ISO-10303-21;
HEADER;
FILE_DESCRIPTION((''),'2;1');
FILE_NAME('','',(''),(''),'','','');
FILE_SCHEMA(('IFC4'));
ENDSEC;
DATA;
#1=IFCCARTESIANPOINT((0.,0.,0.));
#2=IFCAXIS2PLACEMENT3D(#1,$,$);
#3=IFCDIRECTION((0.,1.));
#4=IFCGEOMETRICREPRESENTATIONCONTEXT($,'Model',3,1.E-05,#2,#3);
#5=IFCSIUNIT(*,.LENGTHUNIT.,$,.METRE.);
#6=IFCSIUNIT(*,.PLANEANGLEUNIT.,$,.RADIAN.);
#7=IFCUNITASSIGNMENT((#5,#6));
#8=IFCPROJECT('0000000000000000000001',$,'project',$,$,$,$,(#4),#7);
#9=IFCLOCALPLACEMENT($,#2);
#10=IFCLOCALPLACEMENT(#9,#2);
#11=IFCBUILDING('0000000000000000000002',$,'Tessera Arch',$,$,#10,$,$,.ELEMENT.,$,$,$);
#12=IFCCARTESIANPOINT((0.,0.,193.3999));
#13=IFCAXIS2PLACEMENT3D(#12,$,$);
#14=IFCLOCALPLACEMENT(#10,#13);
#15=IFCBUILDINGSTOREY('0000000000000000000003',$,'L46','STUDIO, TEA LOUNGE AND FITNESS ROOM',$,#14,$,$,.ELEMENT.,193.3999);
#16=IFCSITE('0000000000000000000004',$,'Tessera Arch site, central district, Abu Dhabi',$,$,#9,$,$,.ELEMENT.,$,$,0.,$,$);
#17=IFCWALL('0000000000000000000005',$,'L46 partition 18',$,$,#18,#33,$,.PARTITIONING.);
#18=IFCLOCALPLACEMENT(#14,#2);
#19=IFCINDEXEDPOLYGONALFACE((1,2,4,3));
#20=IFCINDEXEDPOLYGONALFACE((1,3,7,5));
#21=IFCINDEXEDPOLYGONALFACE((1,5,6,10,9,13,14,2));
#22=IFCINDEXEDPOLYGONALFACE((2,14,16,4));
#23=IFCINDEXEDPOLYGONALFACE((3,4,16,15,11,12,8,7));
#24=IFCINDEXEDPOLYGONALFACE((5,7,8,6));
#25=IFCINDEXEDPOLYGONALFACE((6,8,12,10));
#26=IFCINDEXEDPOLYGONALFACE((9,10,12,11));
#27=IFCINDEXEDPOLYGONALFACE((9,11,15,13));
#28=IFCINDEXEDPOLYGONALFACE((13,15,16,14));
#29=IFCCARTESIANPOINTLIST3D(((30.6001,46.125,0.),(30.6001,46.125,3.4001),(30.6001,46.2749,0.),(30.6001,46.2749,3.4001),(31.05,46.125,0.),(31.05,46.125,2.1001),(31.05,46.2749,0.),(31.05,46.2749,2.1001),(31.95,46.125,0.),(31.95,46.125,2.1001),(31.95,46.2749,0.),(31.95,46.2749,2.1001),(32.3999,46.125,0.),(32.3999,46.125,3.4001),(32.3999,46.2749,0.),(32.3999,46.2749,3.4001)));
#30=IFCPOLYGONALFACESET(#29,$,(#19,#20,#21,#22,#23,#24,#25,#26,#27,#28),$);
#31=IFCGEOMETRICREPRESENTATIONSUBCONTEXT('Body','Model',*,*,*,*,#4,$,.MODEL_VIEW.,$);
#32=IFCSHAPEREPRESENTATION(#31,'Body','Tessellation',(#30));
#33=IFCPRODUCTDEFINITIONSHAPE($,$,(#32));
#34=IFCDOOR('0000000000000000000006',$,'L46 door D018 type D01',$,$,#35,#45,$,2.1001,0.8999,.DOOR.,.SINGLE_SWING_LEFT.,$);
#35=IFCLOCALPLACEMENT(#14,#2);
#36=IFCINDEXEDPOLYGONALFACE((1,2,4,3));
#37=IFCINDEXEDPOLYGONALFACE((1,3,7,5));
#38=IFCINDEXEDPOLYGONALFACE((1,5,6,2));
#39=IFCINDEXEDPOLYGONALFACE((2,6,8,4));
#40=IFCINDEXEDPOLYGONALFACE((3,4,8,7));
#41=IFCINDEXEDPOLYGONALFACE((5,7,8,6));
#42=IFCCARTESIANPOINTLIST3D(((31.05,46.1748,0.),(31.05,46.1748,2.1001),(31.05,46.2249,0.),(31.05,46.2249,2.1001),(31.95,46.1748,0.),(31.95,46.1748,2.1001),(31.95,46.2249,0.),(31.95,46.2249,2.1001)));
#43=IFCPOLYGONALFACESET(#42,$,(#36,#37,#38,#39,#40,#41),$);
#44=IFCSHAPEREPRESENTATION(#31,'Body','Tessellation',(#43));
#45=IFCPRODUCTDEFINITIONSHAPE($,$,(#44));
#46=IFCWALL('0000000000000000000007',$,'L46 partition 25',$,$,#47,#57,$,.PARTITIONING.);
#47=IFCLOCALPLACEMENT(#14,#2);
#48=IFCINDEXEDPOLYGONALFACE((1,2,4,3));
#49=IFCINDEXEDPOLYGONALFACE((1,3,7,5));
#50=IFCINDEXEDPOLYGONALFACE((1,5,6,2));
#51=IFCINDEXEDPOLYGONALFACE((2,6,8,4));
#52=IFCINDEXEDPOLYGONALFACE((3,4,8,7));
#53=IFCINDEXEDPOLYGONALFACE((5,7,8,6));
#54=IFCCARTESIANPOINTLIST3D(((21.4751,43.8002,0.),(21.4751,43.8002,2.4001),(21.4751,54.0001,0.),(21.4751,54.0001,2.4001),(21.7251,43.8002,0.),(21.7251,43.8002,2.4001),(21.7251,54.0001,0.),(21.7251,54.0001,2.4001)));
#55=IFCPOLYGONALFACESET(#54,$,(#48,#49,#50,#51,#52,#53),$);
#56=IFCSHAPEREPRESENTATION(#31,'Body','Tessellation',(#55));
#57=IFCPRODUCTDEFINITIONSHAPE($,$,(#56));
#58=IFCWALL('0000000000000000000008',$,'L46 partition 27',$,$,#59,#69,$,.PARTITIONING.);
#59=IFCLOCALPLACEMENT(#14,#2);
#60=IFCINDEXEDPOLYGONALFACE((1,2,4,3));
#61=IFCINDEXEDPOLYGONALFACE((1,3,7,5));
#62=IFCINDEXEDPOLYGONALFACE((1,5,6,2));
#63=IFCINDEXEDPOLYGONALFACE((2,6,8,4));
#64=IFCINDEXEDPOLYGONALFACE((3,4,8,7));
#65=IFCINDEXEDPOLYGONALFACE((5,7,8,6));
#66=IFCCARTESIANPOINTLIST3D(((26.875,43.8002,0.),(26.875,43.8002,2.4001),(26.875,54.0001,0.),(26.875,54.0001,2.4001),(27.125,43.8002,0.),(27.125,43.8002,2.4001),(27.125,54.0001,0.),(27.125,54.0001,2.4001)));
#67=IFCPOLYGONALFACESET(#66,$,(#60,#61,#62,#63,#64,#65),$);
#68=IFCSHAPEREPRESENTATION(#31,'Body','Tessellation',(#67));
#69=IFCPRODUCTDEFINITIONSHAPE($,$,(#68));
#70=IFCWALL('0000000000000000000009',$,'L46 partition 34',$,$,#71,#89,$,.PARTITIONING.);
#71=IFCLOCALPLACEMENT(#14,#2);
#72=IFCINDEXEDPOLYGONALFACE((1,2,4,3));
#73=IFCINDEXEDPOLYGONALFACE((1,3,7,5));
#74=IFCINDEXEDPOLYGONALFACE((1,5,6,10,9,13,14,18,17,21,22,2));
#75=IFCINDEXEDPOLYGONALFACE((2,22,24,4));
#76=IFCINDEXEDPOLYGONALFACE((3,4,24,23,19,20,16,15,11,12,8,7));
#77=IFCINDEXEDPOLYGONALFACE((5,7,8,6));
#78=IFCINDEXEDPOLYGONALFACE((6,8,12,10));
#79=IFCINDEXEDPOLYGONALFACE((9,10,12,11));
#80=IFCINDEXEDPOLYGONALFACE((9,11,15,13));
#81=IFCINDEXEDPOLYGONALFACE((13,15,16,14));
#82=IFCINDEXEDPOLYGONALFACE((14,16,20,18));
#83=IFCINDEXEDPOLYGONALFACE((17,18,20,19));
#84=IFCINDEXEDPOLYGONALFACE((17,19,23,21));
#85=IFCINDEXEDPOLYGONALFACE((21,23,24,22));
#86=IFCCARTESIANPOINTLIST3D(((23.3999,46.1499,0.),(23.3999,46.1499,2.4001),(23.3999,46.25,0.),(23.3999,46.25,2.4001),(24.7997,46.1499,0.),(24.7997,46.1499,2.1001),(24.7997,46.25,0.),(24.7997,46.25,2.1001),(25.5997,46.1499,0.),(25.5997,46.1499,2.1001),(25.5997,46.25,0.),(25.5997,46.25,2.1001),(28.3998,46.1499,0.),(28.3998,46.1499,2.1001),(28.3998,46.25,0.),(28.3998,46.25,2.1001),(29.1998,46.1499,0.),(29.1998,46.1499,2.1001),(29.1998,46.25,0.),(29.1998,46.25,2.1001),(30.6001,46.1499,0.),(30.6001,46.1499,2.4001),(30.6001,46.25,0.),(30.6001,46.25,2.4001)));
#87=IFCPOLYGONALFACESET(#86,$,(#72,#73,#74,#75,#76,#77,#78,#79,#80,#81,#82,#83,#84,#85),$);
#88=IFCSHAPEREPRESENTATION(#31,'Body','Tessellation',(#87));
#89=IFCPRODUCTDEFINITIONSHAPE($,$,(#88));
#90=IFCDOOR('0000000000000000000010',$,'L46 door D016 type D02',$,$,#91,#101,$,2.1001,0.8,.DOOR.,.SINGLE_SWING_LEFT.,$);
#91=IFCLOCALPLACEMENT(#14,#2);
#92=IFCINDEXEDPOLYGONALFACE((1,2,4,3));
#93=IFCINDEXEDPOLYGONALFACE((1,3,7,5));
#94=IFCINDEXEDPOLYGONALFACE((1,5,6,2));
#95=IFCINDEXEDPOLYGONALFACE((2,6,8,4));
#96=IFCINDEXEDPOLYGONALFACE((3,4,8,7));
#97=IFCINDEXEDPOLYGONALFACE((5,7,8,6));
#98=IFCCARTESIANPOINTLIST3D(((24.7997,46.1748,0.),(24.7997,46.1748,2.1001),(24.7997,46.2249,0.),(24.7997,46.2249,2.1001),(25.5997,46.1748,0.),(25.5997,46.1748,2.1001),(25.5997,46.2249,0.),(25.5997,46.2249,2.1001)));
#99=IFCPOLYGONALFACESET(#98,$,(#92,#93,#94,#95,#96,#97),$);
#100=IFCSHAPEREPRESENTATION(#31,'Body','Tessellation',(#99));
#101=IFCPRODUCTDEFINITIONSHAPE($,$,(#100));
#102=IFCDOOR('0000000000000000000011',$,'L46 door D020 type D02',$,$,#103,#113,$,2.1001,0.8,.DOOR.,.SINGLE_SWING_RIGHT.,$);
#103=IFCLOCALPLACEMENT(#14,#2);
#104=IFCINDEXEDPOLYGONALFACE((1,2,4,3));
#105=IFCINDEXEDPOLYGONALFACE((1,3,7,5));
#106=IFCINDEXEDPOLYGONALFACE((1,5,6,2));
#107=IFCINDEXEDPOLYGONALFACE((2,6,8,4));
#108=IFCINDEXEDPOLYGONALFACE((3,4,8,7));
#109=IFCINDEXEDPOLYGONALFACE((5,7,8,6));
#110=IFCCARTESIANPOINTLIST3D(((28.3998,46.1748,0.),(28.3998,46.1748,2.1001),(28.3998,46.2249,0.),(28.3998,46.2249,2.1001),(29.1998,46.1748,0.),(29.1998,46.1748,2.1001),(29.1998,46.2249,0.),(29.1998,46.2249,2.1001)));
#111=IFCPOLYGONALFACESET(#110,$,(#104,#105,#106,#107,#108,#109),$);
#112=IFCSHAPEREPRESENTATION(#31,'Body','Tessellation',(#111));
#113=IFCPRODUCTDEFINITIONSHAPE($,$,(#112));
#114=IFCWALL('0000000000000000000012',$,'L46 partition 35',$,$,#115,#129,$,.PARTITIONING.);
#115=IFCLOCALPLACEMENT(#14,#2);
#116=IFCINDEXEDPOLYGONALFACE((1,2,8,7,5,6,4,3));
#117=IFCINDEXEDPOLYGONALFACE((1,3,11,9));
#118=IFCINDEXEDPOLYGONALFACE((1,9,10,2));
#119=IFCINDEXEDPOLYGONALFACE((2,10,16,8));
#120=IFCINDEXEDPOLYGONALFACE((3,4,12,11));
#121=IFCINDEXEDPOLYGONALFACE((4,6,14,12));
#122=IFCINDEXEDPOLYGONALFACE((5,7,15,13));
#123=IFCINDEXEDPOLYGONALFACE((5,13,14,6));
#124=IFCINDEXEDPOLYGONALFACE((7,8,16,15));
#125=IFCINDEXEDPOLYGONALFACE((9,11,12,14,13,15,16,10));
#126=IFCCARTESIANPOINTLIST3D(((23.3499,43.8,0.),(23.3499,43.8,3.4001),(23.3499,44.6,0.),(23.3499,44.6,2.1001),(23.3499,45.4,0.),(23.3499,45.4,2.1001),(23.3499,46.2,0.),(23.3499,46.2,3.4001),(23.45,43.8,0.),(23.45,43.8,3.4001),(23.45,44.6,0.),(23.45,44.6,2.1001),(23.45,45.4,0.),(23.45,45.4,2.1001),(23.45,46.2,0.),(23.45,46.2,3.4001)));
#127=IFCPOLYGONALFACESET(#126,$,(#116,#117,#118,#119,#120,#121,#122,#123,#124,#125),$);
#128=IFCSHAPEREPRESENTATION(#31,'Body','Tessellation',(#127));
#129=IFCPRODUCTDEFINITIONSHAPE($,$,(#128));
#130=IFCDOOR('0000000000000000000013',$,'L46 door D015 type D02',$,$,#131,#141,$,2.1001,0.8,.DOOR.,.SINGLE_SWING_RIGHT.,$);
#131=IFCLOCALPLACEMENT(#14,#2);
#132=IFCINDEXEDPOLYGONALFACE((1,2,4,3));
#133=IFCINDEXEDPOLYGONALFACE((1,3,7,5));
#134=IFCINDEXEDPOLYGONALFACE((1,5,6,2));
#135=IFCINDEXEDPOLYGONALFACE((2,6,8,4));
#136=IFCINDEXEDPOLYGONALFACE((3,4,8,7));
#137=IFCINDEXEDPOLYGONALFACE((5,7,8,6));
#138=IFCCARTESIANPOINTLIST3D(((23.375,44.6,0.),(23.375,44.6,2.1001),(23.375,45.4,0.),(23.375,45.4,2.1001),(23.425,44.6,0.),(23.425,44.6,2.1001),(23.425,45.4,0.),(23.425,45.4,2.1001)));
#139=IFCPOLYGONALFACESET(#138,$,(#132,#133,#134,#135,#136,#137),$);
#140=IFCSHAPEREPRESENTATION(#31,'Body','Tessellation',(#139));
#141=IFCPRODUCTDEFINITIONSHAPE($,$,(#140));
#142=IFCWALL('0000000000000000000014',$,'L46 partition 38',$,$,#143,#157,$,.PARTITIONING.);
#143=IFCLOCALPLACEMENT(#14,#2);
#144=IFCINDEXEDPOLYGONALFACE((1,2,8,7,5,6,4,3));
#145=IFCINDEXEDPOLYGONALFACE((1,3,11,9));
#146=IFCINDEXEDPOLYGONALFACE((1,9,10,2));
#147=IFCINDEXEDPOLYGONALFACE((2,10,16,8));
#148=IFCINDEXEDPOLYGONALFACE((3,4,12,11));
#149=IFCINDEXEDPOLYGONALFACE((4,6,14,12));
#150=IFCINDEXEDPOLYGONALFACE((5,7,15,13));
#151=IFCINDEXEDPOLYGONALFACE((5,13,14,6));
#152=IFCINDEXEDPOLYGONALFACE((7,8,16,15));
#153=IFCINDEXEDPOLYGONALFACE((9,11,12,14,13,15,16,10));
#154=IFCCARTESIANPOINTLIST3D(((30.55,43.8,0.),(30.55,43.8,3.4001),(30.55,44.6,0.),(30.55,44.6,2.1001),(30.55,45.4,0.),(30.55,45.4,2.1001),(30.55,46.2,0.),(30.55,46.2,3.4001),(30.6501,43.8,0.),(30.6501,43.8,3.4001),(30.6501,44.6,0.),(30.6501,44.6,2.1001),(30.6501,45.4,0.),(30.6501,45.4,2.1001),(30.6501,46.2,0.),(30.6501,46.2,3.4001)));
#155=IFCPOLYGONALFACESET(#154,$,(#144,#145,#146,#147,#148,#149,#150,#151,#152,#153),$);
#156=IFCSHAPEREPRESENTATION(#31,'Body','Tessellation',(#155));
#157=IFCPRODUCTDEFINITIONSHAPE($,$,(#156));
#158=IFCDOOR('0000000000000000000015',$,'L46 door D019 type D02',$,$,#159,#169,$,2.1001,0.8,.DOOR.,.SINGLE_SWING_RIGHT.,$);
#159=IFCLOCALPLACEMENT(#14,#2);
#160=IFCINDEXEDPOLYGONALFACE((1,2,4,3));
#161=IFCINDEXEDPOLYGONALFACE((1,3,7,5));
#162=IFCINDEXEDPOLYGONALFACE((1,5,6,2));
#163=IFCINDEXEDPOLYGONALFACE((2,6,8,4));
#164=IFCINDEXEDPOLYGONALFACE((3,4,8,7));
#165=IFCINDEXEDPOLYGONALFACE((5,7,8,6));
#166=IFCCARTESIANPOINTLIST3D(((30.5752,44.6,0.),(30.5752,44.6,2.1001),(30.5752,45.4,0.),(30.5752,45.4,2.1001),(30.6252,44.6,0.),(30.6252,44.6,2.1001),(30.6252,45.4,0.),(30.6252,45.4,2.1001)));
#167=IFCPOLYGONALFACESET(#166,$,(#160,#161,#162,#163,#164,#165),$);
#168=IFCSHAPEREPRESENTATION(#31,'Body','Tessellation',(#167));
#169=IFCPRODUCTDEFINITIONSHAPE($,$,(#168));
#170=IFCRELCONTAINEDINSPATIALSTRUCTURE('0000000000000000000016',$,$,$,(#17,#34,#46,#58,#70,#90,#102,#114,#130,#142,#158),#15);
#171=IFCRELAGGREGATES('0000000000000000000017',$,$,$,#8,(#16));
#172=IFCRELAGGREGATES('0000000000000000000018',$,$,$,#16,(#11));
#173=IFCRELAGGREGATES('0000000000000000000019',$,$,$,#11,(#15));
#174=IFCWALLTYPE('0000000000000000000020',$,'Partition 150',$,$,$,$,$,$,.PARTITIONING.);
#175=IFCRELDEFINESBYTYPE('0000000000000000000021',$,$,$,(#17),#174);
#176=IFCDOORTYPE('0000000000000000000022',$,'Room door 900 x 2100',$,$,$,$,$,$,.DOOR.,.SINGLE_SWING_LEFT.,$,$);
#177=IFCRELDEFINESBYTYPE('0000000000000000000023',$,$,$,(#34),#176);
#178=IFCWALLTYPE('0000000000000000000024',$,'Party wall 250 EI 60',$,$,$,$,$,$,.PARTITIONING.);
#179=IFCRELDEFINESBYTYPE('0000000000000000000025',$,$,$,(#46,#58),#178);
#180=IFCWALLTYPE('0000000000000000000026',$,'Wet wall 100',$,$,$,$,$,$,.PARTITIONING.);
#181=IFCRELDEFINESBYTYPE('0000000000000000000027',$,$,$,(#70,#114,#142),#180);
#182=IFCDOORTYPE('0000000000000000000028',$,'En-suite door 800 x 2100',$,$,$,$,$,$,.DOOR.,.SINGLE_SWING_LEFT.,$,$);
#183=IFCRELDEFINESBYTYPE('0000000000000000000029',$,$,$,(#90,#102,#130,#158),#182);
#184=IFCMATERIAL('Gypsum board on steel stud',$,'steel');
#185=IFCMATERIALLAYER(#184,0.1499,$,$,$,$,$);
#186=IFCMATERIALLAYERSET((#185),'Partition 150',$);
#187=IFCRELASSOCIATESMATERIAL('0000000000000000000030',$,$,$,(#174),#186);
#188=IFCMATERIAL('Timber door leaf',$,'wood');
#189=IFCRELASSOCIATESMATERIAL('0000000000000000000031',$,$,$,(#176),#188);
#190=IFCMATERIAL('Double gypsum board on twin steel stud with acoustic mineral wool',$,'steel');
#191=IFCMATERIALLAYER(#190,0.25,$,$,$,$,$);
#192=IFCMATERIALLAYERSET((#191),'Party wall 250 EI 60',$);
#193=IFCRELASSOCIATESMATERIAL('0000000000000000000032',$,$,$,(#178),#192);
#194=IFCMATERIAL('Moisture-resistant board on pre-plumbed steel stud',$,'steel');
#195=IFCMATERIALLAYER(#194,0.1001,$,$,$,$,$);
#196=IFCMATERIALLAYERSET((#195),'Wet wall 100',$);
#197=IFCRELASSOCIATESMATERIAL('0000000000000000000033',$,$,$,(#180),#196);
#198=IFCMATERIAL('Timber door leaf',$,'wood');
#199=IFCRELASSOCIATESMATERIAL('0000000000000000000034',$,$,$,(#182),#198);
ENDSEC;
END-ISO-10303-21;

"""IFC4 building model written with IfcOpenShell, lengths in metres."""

from ifc_helpers import new_model, si_unit, direction, frame, frame_2d, origin, place, context, subcontext, project, spatial, rectangle, extrude, material, layer, layer_set, type_object, element, fill, save


model = new_model("IFC4")

# Units and contexts
model_context = context("Model", 3, precision=1e-05, world=origin(), true_north=direction((0.0, 1.0)))
body_context = subcontext(model_context, "Body", "Model", "MODEL_VIEW")
ifc_project = project(units=[si_unit("LENGTHUNIT", "METRE"), si_unit("PLANEANGLEUNIT", "RADIAN")], contexts=[model_context])

# Site, building, storey
site_placement = place(None, origin())
site = spatial("IfcSite", under=ifc_project, at=site_placement, Name="Tessera Arch site, central district, Abu Dhabi", CompositionType="ELEMENT", RefElevation=0.0)
building_placement = place(site_placement, origin())
building = spatial("IfcBuilding", under=site, at=building_placement, Name="Tessera Arch", CompositionType="ELEMENT")
storey_placement = place(building_placement, frame((0.0, 0.0, 193.3999)))
storey = spatial("IfcBuildingStorey", under=building, at=storey_placement, Name="L46", Description="STUDIO, TEA LOUNGE AND FITNESS ROOM", CompositionType="ELEMENT", Elevation=193.3999)

# Wall, opening, door
ifc_material_1 = material(Name="Gypsum board on steel stud", Category="steel")
ifc_layer_1 = layer(ifc_material_1, 0.1499)
ifc_layer_set_1 = layer_set([ifc_layer_1], Name="Partition 150")
wall_type_1 = type_object("IfcWallType", Name="Partition 150", PredefinedType="PARTITIONING", material=ifc_layer_set_1)
wall_1_placement = place(storey_placement, frame((30.6001, 46.2, 0.0), z_axis=(0.0, 0.0, 1.0), x_axis=(1.0, 0.0, 0.0)))
wall_1 = element("IfcWall", 1, at=wall_1_placement, inside=storey, type_object=wall_type_1, Name="L46 partition 18", PredefinedType="PARTITIONING", context=body_context, shape_type="SweptSolid", body=[
    extrude(rectangle(XDim=1.7998, YDim=0.1499, at=frame_2d((0.8999, 0.0))), origin(), (0.0, 0.0, 1.0), 3.4001),
])
opening_1_placement = place(wall_1_placement, frame((0.45, 0.0, 0.0)))
opening_1 = element("IfcOpeningElement", 2, at=opening_1_placement, cuts=wall_1, PredefinedType="OPENING", context=body_context, shape_type="SweptSolid", body=[
    extrude(rectangle(XDim=0.8999, YDim=2.1001, at=frame_2d((0.45, 1.05))), frame((0.0, 0.085, 0.0), z_axis=(0.0, -1.0, 0.0), x_axis=(1.0, 0.0, 0.0)), (0.0, 0.0, 1.0), 0.1699),
])
ifc_material_2 = material(Name="Timber door leaf", Category="wood")
door_type_1 = type_object("IfcDoorType", Name="Room door 900 x 2100", OperationType="SINGLE_SWING_LEFT", PredefinedType="DOOR", material=ifc_material_2)
door_1_placement = place(opening_1_placement, origin())
door_1 = element("IfcDoor", 3, at=door_1_placement, inside=storey, type_object=door_type_1, Name="L46 door D018 type D01", OperationType="SINGLE_SWING_LEFT", OverallHeight=2.1001, OverallWidth=0.8999, PredefinedType="DOOR", context=body_context, shape_type="SweptSolid", body=[
    extrude(rectangle(XDim=0.8999, YDim=2.1001, at=frame_2d((0.45, 1.05))), frame((0.0, 0.0249, 0.0), z_axis=(0.0, -1.0, 0.0), x_axis=(1.0, 0.0, 0.0)), (0.0, 0.0, 1.0), 0.05),
])
fill(opening_1, door_1)

# Walls
ifc_material_3 = material(Name="Double gypsum board on twin steel stud with acoustic mineral wool", Category="steel")
ifc_layer_2 = layer(ifc_material_3, 0.25)
ifc_layer_set_2 = layer_set([ifc_layer_2], Name="Party wall 250 EI 60")
wall_type_2 = type_object("IfcWallType", Name="Party wall 250 EI 60", PredefinedType="PARTITIONING", material=ifc_layer_set_2)
for number, where, z_axis, x_axis, name in (
    (4, (21.6001, 43.8, 0.0), (0.0, 0.0, 1.0), (0.0, 1.0, 0.0), "L46 partition 25"),
    (5, (27.0, 43.8, 0.0), (0.0, 0.0, 1.0), (0.0, 1.0, 0.0), "L46 partition 27"),
):
    element("IfcWall", number, at=place(storey_placement, frame(where, z_axis=z_axis, x_axis=x_axis)), inside=storey, type_object=wall_type_2, Name=name, PredefinedType="PARTITIONING", context=body_context, shape_type="SweptSolid", body=[
        extrude(rectangle(XDim=10.2, YDim=0.25, at=frame_2d((5.1001, 0.0))), origin(), (0.0, 0.0, 1.0), 2.4001),
    ])

# Wall, openings, doors
ifc_material_4 = material(Name="Moisture-resistant board on pre-plumbed steel stud", Category="steel")
ifc_layer_3 = layer(ifc_material_4, 0.1001)
ifc_layer_set_3 = layer_set([ifc_layer_3], Name="Wet wall 100")
wall_type_3 = type_object("IfcWallType", Name="Wet wall 100", PredefinedType="PARTITIONING", material=ifc_layer_set_3)
wall_2_placement = place(storey_placement, frame((23.3999, 46.2, 0.0), z_axis=(0.0, 0.0, 1.0), x_axis=(1.0, 0.0, 0.0)))
wall_2 = element("IfcWall", 6, at=wall_2_placement, inside=storey, type_object=wall_type_3, Name="L46 partition 34", PredefinedType="PARTITIONING", context=body_context, shape_type="SweptSolid", body=[
    extrude(rectangle(XDim=7.2002, YDim=0.1001, at=frame_2d((3.6001, 0.0))), origin(), (0.0, 0.0, 1.0), 2.4001),
])
opening_2_placement = place(wall_2_placement, frame((1.3999, 0.0, 0.0)))
opening_2 = element("IfcOpeningElement", 7, at=opening_2_placement, cuts=wall_2, PredefinedType="OPENING", context=body_context, shape_type="SweptSolid", body=[
    extrude(rectangle(XDim=0.8, YDim=2.1001, at=frame_2d((0.3999, 1.05))), frame((0.0, 0.0601, 0.0), z_axis=(0.0, -1.0, 0.0), x_axis=(1.0, 0.0, 0.0)), (0.0, 0.0, 1.0), 0.1201),
])
opening_3_placement = place(wall_2_placement, frame((5.0, 0.0, 0.0)))
opening_3 = element("IfcOpeningElement", 8, at=opening_3_placement, cuts=wall_2, PredefinedType="OPENING", context=body_context, shape_type="SweptSolid", body=[
    extrude(rectangle(XDim=0.8, YDim=2.1001, at=frame_2d((0.3999, 1.05))), frame((0.0, 0.0601, 0.0), z_axis=(0.0, -1.0, 0.0), x_axis=(1.0, 0.0, 0.0)), (0.0, 0.0, 1.0), 0.1201),
])
ifc_material_5 = material(Name="Timber door leaf", Category="wood")
door_type_2 = type_object("IfcDoorType", Name="En-suite door 800 x 2100", OperationType="SINGLE_SWING_LEFT", PredefinedType="DOOR", material=ifc_material_5)
door_2_placement = place(opening_2_placement, origin())
door_2 = element("IfcDoor", 9, at=door_2_placement, inside=storey, type_object=door_type_2, Name="L46 door D016 type D02", OperationType="SINGLE_SWING_LEFT", OverallHeight=2.1001, OverallWidth=0.8, PredefinedType="DOOR", context=body_context, shape_type="SweptSolid", body=[
    extrude(rectangle(XDim=0.8, YDim=2.1001, at=frame_2d((0.3999, 1.05))), frame((0.0, 0.0249, 0.0), z_axis=(0.0, -1.0, 0.0), x_axis=(1.0, 0.0, 0.0)), (0.0, 0.0, 1.0), 0.05),
])
fill(opening_2, door_2)
door_3_placement = place(opening_3_placement, origin())
door_3 = element("IfcDoor", 10, at=door_3_placement, inside=storey, type_object=door_type_2, Name="L46 door D020 type D02", OperationType="SINGLE_SWING_RIGHT", OverallHeight=2.1001, OverallWidth=0.8, PredefinedType="DOOR", context=body_context, shape_type="SweptSolid", body=[
    extrude(rectangle(XDim=0.8, YDim=2.1001, at=frame_2d((0.3999, 1.05))), frame((0.0, 0.0249, 0.0), z_axis=(0.0, -1.0, 0.0), x_axis=(1.0, 0.0, 0.0)), (0.0, 0.0, 1.0), 0.05),
])
fill(opening_3, door_3)

# Walls, openings, doors
wall_3_placement = place(storey_placement, frame((23.3999, 43.8, 0.0), z_axis=(0.0, 0.0, 1.0), x_axis=(0.0, 1.0, 0.0)))
wall_3 = element("IfcWall", 11, at=wall_3_placement, inside=storey, type_object=wall_type_3, Name="L46 partition 35", PredefinedType="PARTITIONING", context=body_context, shape_type="SweptSolid", body=[
    extrude(rectangle(XDim=2.3999, YDim=0.1001, at=frame_2d((1.2, 0.0))), origin(), (0.0, 0.0, 1.0), 3.4001),
])
opening_4_placement = place(wall_3_placement, frame((0.8, 0.0, 0.0)))
opening_4 = element("IfcOpeningElement", 12, at=opening_4_placement, cuts=wall_3, PredefinedType="OPENING", context=body_context, shape_type="SweptSolid", body=[
    extrude(rectangle(XDim=0.8, YDim=2.1001, at=frame_2d((0.3999, 1.05))), frame((0.0, 0.0601, 0.0), z_axis=(0.0, -1.0, 0.0), x_axis=(1.0, 0.0, 0.0)), (0.0, 0.0, 1.0), 0.1201),
])
door_4_placement = place(opening_4_placement, origin())
door_4 = element("IfcDoor", 13, at=door_4_placement, inside=storey, type_object=door_type_2, Name="L46 door D015 type D02", OperationType="SINGLE_SWING_RIGHT", OverallHeight=2.1001, OverallWidth=0.8, PredefinedType="DOOR", context=body_context, shape_type="SweptSolid", body=[
    extrude(rectangle(XDim=0.8, YDim=2.1001, at=frame_2d((0.3999, 1.05))), frame((0.0, 0.0249, 0.0), z_axis=(0.0, -1.0, 0.0), x_axis=(1.0, 0.0, 0.0)), (0.0, 0.0, 1.0), 0.05),
])
fill(opening_4, door_4)
wall_4_placement = place(storey_placement, frame((30.6001, 43.8, 0.0), z_axis=(0.0, 0.0, 1.0), x_axis=(0.0, 1.0, 0.0)))
wall_4 = element("IfcWall", 14, at=wall_4_placement, inside=storey, type_object=wall_type_3, Name="L46 partition 38", PredefinedType="PARTITIONING", context=body_context, shape_type="SweptSolid", body=[
    extrude(rectangle(XDim=2.3999, YDim=0.1001, at=frame_2d((1.2, 0.0))), origin(), (0.0, 0.0, 1.0), 3.4001),
])
opening_5_placement = place(wall_4_placement, frame((0.8, 0.0, 0.0)))
opening_5 = element("IfcOpeningElement", 15, at=opening_5_placement, cuts=wall_4, PredefinedType="OPENING", context=body_context, shape_type="SweptSolid", body=[
    extrude(rectangle(XDim=0.8, YDim=2.1001, at=frame_2d((0.3999, 1.05))), frame((0.0, 0.0601, 0.0), z_axis=(0.0, -1.0, 0.0), x_axis=(1.0, 0.0, 0.0)), (0.0, 0.0, 1.0), 0.1201),
])
door_5_placement = place(opening_5_placement, origin())
door_5 = element("IfcDoor", 16, at=door_5_placement, inside=storey, type_object=door_type_2, Name="L46 door D019 type D02", OperationType="SINGLE_SWING_RIGHT", OverallHeight=2.1001, OverallWidth=0.8, PredefinedType="DOOR", context=body_context, shape_type="SweptSolid", body=[
    extrude(rectangle(XDim=0.8, YDim=2.1001, at=frame_2d((0.3999, 1.05))), frame((0.0, 0.0249, 0.0), z_axis=(0.0, -1.0, 0.0), x_axis=(1.0, 0.0, 0.0)), (0.0, 0.0, 1.0), 0.05),
])
fill(opening_5, door_5)

save(model, "model.ifc")
